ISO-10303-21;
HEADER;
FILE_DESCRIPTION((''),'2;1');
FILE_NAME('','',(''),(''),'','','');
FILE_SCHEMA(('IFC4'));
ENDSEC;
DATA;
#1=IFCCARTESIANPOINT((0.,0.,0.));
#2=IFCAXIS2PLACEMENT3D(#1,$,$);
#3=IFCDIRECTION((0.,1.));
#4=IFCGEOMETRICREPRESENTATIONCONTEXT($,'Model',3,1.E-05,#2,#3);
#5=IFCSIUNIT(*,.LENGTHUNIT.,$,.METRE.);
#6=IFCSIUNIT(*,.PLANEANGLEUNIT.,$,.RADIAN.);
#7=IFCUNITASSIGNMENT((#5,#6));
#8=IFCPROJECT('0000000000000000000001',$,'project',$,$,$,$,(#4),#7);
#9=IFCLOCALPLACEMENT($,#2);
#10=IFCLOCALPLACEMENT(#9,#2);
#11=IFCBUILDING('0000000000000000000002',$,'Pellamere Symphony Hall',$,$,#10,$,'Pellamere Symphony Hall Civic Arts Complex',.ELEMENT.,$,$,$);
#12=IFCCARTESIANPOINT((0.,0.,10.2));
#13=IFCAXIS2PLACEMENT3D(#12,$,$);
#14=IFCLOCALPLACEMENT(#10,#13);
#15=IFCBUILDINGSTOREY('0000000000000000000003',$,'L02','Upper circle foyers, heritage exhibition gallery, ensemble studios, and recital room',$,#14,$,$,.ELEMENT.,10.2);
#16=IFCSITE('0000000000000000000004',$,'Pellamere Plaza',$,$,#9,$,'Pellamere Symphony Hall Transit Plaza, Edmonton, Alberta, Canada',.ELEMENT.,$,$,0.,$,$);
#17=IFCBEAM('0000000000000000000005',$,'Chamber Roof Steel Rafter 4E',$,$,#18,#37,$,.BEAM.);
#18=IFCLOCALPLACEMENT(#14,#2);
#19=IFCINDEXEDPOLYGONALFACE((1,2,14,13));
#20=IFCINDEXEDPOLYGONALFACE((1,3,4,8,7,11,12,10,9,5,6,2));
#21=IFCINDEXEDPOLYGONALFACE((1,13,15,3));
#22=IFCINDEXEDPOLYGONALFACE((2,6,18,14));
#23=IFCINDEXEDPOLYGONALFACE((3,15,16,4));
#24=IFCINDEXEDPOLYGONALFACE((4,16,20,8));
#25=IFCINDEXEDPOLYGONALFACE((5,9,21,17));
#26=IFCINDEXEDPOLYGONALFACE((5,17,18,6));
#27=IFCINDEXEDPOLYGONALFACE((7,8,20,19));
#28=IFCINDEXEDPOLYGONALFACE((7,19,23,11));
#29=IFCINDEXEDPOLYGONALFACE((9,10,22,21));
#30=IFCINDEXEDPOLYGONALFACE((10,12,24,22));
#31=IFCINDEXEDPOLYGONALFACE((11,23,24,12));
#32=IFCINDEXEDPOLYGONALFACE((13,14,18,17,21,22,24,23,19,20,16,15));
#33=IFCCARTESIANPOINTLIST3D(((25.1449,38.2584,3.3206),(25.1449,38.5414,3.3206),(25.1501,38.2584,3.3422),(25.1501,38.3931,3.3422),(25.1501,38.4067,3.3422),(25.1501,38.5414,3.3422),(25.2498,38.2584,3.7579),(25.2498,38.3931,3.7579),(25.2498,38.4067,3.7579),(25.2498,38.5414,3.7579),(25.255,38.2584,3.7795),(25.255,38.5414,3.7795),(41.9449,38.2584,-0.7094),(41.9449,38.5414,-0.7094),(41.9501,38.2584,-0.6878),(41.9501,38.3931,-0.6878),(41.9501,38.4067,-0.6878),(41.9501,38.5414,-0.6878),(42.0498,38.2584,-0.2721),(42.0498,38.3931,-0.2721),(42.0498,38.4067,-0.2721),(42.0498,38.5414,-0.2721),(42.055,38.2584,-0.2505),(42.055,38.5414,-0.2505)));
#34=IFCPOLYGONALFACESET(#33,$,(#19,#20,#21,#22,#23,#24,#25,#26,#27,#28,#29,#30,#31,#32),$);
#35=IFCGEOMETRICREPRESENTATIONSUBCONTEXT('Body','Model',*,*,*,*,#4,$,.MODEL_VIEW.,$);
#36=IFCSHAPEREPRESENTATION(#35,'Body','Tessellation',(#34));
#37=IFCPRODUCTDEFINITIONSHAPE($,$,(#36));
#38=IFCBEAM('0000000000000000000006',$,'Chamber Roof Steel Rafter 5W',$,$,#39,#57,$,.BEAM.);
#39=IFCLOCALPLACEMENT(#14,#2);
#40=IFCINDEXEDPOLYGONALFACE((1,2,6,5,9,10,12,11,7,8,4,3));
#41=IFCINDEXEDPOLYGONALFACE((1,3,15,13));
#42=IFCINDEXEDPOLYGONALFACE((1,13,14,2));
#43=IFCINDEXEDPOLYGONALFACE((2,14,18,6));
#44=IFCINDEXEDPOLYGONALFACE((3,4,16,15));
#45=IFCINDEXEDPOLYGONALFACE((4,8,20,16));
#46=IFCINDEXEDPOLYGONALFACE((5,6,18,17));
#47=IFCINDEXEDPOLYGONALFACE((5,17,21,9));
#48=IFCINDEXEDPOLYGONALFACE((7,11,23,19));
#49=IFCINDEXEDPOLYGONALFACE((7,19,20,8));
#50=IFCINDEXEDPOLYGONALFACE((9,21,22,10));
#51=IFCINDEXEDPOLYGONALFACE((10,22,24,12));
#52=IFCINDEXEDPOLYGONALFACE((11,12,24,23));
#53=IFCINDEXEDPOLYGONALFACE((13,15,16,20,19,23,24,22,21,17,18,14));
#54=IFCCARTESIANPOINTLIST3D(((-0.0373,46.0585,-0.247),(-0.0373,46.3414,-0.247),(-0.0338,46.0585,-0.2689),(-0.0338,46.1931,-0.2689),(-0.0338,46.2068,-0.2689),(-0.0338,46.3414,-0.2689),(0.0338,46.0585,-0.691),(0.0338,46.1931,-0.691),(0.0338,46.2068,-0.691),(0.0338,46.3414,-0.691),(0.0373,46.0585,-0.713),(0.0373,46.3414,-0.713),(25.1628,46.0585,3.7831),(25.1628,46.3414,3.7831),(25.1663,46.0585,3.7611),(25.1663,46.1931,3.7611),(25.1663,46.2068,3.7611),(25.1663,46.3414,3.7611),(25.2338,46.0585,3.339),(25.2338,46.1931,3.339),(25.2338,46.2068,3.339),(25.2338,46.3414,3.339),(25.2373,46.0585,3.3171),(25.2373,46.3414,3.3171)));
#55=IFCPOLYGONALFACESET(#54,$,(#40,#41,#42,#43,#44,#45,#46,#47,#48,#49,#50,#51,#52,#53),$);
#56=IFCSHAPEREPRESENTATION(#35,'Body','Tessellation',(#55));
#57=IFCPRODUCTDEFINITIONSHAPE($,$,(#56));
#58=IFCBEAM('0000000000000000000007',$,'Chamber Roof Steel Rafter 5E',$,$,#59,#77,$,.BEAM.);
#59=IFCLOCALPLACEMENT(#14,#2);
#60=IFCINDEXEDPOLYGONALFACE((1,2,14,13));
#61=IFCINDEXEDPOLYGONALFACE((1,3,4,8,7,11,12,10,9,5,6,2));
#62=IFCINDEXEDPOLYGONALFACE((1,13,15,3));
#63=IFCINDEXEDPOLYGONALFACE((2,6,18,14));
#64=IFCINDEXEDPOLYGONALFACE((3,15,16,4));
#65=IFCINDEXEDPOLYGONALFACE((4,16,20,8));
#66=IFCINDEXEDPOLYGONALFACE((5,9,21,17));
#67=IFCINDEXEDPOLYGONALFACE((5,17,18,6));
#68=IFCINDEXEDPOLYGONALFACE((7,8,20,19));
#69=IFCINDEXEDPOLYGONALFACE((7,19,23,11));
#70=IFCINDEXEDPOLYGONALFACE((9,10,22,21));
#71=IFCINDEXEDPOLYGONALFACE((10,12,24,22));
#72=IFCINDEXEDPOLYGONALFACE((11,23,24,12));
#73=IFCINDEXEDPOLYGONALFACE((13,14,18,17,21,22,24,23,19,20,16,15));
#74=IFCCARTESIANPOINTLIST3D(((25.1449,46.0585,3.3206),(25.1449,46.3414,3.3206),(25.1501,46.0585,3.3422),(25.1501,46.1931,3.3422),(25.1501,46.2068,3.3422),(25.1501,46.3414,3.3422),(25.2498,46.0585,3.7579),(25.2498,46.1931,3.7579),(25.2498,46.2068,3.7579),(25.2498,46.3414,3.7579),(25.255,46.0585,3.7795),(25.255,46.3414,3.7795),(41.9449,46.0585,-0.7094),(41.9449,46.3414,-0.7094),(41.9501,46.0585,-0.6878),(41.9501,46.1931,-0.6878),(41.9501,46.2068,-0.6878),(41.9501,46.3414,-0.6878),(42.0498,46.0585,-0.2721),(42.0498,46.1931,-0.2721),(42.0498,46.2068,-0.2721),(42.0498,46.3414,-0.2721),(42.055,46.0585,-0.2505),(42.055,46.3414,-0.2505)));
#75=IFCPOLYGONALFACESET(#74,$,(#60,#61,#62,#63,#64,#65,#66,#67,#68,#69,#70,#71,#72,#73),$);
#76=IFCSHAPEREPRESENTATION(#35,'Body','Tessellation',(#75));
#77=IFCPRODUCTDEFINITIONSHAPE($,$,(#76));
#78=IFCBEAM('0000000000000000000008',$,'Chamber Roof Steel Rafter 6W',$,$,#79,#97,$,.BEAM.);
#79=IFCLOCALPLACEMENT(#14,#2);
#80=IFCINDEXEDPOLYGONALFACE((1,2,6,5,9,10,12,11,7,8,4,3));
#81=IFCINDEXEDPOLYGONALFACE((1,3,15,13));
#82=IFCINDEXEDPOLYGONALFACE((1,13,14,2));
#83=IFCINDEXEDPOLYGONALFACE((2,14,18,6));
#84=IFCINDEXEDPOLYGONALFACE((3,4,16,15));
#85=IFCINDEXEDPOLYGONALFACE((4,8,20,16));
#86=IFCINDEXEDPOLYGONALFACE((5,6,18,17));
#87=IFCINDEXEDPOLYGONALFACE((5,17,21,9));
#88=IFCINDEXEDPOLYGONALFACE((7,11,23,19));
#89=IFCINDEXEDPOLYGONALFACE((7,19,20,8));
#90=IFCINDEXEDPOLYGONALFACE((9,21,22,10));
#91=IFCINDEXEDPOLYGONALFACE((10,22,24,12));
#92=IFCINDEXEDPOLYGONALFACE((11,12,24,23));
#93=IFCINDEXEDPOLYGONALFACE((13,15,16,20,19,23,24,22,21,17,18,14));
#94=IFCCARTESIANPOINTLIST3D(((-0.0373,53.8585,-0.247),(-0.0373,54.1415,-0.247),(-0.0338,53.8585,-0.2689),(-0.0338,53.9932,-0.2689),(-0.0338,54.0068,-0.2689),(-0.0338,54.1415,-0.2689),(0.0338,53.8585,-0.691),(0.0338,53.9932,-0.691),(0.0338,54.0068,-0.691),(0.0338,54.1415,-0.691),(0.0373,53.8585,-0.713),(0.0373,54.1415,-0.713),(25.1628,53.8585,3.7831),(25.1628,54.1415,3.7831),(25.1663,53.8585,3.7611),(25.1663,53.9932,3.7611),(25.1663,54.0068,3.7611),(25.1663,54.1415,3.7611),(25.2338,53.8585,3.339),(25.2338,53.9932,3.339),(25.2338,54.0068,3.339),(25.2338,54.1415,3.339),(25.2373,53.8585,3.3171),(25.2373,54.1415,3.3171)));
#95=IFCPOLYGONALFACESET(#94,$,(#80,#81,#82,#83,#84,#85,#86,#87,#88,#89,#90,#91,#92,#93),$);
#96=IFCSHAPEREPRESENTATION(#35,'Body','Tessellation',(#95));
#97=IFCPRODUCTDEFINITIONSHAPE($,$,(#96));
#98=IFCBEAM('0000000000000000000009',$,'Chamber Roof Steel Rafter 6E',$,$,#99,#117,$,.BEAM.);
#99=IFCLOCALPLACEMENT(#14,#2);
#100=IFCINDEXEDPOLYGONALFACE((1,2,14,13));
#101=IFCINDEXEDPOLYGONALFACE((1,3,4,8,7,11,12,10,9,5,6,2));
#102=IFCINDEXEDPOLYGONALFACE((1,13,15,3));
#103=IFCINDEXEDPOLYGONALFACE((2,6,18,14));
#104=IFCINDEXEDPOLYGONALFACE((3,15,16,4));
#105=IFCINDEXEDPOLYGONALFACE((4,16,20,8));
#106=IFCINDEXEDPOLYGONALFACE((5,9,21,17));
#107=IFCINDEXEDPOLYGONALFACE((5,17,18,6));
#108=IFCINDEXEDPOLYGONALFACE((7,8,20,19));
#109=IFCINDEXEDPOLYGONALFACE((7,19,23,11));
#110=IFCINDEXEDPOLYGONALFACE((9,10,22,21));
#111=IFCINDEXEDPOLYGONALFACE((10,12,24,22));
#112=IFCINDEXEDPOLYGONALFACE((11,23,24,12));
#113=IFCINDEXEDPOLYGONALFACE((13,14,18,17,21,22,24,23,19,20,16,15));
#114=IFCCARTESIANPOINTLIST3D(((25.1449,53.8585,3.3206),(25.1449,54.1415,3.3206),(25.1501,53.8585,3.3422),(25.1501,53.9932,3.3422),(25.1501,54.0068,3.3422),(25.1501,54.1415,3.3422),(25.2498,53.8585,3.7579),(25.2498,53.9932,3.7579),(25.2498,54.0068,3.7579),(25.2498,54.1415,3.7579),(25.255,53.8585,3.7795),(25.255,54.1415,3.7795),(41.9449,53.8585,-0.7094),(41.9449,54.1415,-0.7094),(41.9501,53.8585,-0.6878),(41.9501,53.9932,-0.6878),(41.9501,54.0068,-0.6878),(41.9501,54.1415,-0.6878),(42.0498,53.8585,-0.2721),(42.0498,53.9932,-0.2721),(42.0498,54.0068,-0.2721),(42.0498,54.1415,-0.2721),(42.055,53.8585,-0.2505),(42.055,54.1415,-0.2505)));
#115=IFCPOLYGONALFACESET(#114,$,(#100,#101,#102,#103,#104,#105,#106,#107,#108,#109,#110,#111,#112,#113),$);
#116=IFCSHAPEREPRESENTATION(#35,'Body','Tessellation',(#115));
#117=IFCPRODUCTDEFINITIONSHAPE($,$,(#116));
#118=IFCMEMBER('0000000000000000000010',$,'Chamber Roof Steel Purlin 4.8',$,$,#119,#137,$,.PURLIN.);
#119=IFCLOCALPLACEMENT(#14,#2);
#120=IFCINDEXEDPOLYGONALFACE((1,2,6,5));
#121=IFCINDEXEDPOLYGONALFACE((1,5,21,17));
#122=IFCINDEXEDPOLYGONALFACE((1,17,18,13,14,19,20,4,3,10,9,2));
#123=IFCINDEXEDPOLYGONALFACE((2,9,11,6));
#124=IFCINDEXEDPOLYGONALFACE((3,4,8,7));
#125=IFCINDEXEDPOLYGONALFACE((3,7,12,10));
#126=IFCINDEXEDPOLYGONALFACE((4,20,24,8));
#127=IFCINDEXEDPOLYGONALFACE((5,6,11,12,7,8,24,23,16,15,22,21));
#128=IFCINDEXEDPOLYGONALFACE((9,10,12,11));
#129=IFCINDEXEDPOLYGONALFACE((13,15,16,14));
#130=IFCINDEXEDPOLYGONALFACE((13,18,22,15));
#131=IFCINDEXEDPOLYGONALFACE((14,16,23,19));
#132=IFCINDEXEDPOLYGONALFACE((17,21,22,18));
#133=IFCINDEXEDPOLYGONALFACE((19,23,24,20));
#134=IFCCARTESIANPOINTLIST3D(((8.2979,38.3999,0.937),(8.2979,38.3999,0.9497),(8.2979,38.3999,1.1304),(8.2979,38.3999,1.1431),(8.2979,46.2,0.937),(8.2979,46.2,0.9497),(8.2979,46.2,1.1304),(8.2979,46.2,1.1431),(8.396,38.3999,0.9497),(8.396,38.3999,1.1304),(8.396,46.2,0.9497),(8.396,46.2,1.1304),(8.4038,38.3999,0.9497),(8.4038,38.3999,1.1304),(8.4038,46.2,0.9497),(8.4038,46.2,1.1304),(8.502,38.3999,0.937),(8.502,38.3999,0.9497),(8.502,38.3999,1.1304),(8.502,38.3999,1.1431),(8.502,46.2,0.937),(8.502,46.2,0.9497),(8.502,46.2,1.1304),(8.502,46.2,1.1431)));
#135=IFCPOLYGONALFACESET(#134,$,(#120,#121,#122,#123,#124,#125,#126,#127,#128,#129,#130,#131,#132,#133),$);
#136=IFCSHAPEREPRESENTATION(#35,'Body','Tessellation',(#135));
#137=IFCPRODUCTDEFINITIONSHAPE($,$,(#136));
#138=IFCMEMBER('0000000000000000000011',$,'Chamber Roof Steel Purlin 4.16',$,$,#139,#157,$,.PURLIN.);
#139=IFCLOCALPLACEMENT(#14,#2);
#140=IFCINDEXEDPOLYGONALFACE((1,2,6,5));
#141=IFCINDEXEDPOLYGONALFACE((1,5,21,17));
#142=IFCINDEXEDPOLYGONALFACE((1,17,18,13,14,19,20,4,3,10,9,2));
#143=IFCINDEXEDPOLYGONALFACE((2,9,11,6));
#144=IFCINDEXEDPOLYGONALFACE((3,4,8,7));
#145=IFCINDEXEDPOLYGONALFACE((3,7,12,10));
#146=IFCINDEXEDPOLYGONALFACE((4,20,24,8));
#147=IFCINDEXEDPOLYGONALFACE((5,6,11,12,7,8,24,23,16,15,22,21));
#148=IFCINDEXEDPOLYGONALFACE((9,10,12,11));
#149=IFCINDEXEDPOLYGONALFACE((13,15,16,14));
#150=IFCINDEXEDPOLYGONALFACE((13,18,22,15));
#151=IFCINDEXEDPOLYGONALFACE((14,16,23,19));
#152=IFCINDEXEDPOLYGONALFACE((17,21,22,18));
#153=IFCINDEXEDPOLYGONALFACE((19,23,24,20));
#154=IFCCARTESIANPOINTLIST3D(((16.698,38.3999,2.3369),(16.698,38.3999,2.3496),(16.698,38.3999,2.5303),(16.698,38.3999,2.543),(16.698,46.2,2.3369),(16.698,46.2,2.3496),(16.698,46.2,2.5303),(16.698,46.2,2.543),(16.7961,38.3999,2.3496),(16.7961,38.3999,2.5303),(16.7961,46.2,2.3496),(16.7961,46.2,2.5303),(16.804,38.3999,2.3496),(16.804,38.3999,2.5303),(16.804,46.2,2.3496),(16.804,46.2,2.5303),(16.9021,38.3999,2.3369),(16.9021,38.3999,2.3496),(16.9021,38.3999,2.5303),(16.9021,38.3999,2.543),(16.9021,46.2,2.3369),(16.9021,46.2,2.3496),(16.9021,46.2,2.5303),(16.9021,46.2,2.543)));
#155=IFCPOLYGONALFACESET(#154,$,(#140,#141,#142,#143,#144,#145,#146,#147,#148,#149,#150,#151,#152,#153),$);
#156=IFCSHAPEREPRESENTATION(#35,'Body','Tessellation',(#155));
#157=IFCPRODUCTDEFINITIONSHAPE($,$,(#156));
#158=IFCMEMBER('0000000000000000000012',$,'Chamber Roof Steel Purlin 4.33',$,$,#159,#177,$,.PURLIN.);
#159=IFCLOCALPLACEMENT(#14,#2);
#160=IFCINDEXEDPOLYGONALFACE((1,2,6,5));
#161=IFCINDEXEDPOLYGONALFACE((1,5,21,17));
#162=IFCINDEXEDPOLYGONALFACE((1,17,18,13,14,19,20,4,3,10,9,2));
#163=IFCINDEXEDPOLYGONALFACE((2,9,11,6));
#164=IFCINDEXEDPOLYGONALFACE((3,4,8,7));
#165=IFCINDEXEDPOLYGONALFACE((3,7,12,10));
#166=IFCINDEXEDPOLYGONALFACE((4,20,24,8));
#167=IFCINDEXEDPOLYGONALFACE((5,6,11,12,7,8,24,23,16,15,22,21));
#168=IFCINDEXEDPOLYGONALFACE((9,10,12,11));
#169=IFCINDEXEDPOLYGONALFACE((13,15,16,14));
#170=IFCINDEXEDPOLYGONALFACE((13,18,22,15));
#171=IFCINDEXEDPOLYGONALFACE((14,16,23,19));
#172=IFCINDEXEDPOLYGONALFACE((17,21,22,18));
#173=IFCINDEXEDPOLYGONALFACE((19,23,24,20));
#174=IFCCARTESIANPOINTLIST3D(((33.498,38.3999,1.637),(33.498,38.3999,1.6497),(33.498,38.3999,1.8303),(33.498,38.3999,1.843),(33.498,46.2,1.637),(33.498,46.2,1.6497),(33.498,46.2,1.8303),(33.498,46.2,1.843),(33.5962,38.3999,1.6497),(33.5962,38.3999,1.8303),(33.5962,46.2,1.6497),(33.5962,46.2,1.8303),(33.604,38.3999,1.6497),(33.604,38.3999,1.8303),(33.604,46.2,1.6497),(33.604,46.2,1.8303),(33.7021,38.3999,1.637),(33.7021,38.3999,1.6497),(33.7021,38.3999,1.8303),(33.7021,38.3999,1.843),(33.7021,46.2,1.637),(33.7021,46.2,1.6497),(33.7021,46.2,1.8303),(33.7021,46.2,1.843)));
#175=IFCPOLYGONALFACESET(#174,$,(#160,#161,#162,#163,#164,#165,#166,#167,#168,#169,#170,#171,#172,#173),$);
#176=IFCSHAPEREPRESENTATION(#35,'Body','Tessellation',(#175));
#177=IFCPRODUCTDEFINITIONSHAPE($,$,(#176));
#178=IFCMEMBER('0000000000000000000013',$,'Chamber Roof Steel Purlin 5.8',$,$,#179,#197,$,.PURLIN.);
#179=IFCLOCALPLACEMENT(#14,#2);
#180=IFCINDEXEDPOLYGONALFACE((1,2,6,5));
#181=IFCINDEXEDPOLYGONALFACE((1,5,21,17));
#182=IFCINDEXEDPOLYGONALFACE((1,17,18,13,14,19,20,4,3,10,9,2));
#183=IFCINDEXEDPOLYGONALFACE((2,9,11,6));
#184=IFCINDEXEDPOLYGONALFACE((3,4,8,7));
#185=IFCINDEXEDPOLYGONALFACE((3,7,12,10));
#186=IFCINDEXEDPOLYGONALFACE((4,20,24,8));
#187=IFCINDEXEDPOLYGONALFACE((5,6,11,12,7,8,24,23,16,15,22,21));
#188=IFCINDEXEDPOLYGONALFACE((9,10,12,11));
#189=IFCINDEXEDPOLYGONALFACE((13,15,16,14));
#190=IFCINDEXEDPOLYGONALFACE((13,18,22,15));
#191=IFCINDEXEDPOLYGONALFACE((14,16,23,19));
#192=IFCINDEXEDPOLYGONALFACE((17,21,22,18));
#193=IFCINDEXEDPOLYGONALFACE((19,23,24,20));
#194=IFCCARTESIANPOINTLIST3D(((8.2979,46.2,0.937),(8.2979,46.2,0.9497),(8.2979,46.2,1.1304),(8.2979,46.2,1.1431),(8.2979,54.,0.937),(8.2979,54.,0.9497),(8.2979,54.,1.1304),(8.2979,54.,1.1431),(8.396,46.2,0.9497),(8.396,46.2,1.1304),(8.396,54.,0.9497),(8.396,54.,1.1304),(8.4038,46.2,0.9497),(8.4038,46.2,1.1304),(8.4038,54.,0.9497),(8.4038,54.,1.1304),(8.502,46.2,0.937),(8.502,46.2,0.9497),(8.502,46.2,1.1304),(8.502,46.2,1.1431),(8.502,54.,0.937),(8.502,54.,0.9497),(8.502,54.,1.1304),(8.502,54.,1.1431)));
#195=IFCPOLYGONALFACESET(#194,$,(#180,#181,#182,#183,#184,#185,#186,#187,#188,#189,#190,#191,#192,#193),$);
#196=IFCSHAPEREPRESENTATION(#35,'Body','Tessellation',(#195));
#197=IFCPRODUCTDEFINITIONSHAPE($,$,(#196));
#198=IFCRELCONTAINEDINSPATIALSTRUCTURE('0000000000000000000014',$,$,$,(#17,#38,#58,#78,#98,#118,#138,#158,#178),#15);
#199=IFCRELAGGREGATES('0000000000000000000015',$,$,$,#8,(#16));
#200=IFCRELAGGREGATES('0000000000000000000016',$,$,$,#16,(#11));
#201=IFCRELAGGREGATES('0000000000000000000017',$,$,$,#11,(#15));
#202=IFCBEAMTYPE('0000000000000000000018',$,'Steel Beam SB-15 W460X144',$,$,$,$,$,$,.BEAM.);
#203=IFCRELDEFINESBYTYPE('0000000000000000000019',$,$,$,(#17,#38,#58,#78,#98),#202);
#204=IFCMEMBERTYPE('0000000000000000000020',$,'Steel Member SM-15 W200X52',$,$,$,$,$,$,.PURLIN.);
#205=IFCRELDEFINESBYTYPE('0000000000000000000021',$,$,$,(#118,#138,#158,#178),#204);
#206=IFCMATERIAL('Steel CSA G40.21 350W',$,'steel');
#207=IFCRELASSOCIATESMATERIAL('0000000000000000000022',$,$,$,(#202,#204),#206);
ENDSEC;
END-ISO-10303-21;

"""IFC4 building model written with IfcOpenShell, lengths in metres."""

from ifc_helpers import new_model, si_unit, direction, frame, origin, origin_2d, place, context, subcontext, project, spatial, i_section, extrude, material, material_profile, profile_set, type_object, element, save


model = new_model("IFC4")

# Units and contexts
model_context = context("Model", 3, precision=1e-05, world=origin(), true_north=direction((0.0, 1.0)))
body_context = subcontext(model_context, "Body", "Model", "MODEL_VIEW")
ifc_project = project(units=[si_unit("LENGTHUNIT", "METRE"), si_unit("PLANEANGLEUNIT", "RADIAN")], contexts=[model_context])

# Site, building, storey
site_placement = place(None, origin())
site = spatial("IfcSite", under=ifc_project, at=site_placement, Name="Pellamere Plaza", LongName="Pellamere Symphony Hall Transit Plaza, Edmonton, Alberta, Canada", CompositionType="ELEMENT", RefElevation=0.0)
building_placement = place(site_placement, origin())
building = spatial("IfcBuilding", under=site, at=building_placement, Name="Pellamere Symphony Hall", LongName="Pellamere Symphony Hall Civic Arts Complex", CompositionType="ELEMENT")
storey_placement = place(building_placement, frame((0.0, 0.0, 10.2)))
storey = spatial("IfcBuildingStorey", under=building, at=storey_placement, Name="L02", Description="Upper circle foyers, heritage exhibition gallery, ensemble studios, and recital room", CompositionType="ELEMENT", Elevation=10.2)

# Beams
ifc_material_1 = material(Name="Steel CSA G40.21 350W", Category="steel")
ifc_material_profile_1 = material_profile(ifc_material_1, i_section(OverallWidth=0.283, OverallDepth=0.4719, WebThickness=0.0137, FlangeThickness=0.0222, at=origin_2d()), Name="W460X144")
ifc_profile_set_1 = profile_set([ifc_material_profile_1], Name="Steel CSA G40.21 350W")
beam_type_1 = type_object("IfcBeamType", Name="Steel Beam SB-15 W460X144", PredefinedType="BEAM", material=ifc_profile_set_1)
beam_1_placement = place(storey_placement, frame((25.2, 38.3999, 3.55), z_axis=(0.972413, 0.0, -0.233264), x_axis=(0.0, 1.0, 0.0)))
element("IfcBeam", 1, at=beam_1_placement, inside=storey, type_object=beam_type_1, Name="Chamber Roof Steel Rafter 4E", PredefinedType="BEAM", context=body_context, shape_type="SweptSolid", body=[
    extrude(i_section(OverallWidth=0.283, OverallDepth=0.4719, WebThickness=0.0137, FlangeThickness=0.0222, at=origin_2d()), origin(), (0.0, 0.0, 1.0), 17.2766),
])
beam_2_placement = place(storey_placement, frame((0.0, 46.2, -0.48), z_axis=(0.987453, 0.0, 0.157916), x_axis=(0.0, 1.0, 0.0)))
element("IfcBeam", 2, at=beam_2_placement, inside=storey, type_object=beam_type_1, Name="Chamber Roof Steel Rafter 5W", PredefinedType="BEAM", context=body_context, shape_type="SweptSolid", body=[
    extrude(i_section(OverallWidth=0.283, OverallDepth=0.4719, WebThickness=0.0137, FlangeThickness=0.0222, at=origin_2d()), origin(), (0.0, 0.0, 1.0), 25.5203),
])
beam_3_placement = place(storey_placement, frame((25.2, 46.2, 3.55), z_axis=(0.972413, 0.0, -0.233264), x_axis=(0.0, 1.0, 0.0)))
element("IfcBeam", 3, at=beam_3_placement, inside=storey, type_object=beam_type_1, Name="Chamber Roof Steel Rafter 5E", PredefinedType="BEAM", context=body_context, shape_type="SweptSolid", body=[
    extrude(i_section(OverallWidth=0.283, OverallDepth=0.4719, WebThickness=0.0137, FlangeThickness=0.0222, at=origin_2d()), origin(), (0.0, 0.0, 1.0), 17.2766),
])
beam_4_placement = place(storey_placement, frame((0.0, 54.0, -0.48), z_axis=(0.987453, 0.0, 0.157916), x_axis=(0.0, 1.0, 0.0)))
element("IfcBeam", 4, at=beam_4_placement, inside=storey, type_object=beam_type_1, Name="Chamber Roof Steel Rafter 6W", PredefinedType="BEAM", context=body_context, shape_type="SweptSolid", body=[
    extrude(i_section(OverallWidth=0.283, OverallDepth=0.4719, WebThickness=0.0137, FlangeThickness=0.0222, at=origin_2d()), origin(), (0.0, 0.0, 1.0), 25.5203),
])
beam_5_placement = place(storey_placement, frame((25.2, 54.0, 3.55), z_axis=(0.972413, 0.0, -0.233264), x_axis=(0.0, 1.0, 0.0)))
element("IfcBeam", 5, at=beam_5_placement, inside=storey, type_object=beam_type_1, Name="Chamber Roof Steel Rafter 6E", PredefinedType="BEAM", context=body_context, shape_type="SweptSolid", body=[
    extrude(i_section(OverallWidth=0.283, OverallDepth=0.4719, WebThickness=0.0137, FlangeThickness=0.0222, at=origin_2d()), origin(), (0.0, 0.0, 1.0), 17.2766),
])

# Members
ifc_material_profile_2 = material_profile(ifc_material_1, i_section(OverallWidth=0.2041, OverallDepth=0.2061, WebThickness=0.0078, FlangeThickness=0.0127, at=origin_2d()), Name="W200X52")
ifc_profile_set_2 = profile_set([ifc_material_profile_2], Name="Steel CSA G40.21 350W")
member_type_1 = type_object("IfcMemberType", Name="Steel Member SM-15 W200X52", PredefinedType="PURLIN", material=ifc_profile_set_2)
for number, where, z_axis, x_axis, name in (
    (6, (8.3999, 38.3999, 1.04), (0.0, 1.0, 0.0), (-1.0, 0.0, 0.0), "Chamber Roof Steel Purlin 4.8"),
    (7, (16.8, 38.3999, 2.4399), (0.0, 1.0, 0.0), (-1.0, 0.0, 0.0), "Chamber Roof Steel Purlin 4.16"),
    (8, (33.6001, 38.3999, 1.74), (0.0, 1.0, 0.0), (-1.0, 0.0, 0.0), "Chamber Roof Steel Purlin 4.33"),
    (9, (8.3999, 46.2, 1.04), (0.0, 1.0, 0.0), (-1.0, 0.0, 0.0), "Chamber Roof Steel Purlin 5.8"),
):
    element("IfcMember", number, at=place(storey_placement, frame(where, z_axis=z_axis, x_axis=x_axis)), inside=storey, type_object=member_type_1, Name=name, PredefinedType="PURLIN", context=body_context, shape_type="SweptSolid", body=[
        extrude(i_section(OverallWidth=0.2041, OverallDepth=0.2061, WebThickness=0.0078, FlangeThickness=0.0127, at=origin_2d()), origin(), (0.0, 0.0, 1.0), 7.8),
    ])

save(model, "model.ifc")
